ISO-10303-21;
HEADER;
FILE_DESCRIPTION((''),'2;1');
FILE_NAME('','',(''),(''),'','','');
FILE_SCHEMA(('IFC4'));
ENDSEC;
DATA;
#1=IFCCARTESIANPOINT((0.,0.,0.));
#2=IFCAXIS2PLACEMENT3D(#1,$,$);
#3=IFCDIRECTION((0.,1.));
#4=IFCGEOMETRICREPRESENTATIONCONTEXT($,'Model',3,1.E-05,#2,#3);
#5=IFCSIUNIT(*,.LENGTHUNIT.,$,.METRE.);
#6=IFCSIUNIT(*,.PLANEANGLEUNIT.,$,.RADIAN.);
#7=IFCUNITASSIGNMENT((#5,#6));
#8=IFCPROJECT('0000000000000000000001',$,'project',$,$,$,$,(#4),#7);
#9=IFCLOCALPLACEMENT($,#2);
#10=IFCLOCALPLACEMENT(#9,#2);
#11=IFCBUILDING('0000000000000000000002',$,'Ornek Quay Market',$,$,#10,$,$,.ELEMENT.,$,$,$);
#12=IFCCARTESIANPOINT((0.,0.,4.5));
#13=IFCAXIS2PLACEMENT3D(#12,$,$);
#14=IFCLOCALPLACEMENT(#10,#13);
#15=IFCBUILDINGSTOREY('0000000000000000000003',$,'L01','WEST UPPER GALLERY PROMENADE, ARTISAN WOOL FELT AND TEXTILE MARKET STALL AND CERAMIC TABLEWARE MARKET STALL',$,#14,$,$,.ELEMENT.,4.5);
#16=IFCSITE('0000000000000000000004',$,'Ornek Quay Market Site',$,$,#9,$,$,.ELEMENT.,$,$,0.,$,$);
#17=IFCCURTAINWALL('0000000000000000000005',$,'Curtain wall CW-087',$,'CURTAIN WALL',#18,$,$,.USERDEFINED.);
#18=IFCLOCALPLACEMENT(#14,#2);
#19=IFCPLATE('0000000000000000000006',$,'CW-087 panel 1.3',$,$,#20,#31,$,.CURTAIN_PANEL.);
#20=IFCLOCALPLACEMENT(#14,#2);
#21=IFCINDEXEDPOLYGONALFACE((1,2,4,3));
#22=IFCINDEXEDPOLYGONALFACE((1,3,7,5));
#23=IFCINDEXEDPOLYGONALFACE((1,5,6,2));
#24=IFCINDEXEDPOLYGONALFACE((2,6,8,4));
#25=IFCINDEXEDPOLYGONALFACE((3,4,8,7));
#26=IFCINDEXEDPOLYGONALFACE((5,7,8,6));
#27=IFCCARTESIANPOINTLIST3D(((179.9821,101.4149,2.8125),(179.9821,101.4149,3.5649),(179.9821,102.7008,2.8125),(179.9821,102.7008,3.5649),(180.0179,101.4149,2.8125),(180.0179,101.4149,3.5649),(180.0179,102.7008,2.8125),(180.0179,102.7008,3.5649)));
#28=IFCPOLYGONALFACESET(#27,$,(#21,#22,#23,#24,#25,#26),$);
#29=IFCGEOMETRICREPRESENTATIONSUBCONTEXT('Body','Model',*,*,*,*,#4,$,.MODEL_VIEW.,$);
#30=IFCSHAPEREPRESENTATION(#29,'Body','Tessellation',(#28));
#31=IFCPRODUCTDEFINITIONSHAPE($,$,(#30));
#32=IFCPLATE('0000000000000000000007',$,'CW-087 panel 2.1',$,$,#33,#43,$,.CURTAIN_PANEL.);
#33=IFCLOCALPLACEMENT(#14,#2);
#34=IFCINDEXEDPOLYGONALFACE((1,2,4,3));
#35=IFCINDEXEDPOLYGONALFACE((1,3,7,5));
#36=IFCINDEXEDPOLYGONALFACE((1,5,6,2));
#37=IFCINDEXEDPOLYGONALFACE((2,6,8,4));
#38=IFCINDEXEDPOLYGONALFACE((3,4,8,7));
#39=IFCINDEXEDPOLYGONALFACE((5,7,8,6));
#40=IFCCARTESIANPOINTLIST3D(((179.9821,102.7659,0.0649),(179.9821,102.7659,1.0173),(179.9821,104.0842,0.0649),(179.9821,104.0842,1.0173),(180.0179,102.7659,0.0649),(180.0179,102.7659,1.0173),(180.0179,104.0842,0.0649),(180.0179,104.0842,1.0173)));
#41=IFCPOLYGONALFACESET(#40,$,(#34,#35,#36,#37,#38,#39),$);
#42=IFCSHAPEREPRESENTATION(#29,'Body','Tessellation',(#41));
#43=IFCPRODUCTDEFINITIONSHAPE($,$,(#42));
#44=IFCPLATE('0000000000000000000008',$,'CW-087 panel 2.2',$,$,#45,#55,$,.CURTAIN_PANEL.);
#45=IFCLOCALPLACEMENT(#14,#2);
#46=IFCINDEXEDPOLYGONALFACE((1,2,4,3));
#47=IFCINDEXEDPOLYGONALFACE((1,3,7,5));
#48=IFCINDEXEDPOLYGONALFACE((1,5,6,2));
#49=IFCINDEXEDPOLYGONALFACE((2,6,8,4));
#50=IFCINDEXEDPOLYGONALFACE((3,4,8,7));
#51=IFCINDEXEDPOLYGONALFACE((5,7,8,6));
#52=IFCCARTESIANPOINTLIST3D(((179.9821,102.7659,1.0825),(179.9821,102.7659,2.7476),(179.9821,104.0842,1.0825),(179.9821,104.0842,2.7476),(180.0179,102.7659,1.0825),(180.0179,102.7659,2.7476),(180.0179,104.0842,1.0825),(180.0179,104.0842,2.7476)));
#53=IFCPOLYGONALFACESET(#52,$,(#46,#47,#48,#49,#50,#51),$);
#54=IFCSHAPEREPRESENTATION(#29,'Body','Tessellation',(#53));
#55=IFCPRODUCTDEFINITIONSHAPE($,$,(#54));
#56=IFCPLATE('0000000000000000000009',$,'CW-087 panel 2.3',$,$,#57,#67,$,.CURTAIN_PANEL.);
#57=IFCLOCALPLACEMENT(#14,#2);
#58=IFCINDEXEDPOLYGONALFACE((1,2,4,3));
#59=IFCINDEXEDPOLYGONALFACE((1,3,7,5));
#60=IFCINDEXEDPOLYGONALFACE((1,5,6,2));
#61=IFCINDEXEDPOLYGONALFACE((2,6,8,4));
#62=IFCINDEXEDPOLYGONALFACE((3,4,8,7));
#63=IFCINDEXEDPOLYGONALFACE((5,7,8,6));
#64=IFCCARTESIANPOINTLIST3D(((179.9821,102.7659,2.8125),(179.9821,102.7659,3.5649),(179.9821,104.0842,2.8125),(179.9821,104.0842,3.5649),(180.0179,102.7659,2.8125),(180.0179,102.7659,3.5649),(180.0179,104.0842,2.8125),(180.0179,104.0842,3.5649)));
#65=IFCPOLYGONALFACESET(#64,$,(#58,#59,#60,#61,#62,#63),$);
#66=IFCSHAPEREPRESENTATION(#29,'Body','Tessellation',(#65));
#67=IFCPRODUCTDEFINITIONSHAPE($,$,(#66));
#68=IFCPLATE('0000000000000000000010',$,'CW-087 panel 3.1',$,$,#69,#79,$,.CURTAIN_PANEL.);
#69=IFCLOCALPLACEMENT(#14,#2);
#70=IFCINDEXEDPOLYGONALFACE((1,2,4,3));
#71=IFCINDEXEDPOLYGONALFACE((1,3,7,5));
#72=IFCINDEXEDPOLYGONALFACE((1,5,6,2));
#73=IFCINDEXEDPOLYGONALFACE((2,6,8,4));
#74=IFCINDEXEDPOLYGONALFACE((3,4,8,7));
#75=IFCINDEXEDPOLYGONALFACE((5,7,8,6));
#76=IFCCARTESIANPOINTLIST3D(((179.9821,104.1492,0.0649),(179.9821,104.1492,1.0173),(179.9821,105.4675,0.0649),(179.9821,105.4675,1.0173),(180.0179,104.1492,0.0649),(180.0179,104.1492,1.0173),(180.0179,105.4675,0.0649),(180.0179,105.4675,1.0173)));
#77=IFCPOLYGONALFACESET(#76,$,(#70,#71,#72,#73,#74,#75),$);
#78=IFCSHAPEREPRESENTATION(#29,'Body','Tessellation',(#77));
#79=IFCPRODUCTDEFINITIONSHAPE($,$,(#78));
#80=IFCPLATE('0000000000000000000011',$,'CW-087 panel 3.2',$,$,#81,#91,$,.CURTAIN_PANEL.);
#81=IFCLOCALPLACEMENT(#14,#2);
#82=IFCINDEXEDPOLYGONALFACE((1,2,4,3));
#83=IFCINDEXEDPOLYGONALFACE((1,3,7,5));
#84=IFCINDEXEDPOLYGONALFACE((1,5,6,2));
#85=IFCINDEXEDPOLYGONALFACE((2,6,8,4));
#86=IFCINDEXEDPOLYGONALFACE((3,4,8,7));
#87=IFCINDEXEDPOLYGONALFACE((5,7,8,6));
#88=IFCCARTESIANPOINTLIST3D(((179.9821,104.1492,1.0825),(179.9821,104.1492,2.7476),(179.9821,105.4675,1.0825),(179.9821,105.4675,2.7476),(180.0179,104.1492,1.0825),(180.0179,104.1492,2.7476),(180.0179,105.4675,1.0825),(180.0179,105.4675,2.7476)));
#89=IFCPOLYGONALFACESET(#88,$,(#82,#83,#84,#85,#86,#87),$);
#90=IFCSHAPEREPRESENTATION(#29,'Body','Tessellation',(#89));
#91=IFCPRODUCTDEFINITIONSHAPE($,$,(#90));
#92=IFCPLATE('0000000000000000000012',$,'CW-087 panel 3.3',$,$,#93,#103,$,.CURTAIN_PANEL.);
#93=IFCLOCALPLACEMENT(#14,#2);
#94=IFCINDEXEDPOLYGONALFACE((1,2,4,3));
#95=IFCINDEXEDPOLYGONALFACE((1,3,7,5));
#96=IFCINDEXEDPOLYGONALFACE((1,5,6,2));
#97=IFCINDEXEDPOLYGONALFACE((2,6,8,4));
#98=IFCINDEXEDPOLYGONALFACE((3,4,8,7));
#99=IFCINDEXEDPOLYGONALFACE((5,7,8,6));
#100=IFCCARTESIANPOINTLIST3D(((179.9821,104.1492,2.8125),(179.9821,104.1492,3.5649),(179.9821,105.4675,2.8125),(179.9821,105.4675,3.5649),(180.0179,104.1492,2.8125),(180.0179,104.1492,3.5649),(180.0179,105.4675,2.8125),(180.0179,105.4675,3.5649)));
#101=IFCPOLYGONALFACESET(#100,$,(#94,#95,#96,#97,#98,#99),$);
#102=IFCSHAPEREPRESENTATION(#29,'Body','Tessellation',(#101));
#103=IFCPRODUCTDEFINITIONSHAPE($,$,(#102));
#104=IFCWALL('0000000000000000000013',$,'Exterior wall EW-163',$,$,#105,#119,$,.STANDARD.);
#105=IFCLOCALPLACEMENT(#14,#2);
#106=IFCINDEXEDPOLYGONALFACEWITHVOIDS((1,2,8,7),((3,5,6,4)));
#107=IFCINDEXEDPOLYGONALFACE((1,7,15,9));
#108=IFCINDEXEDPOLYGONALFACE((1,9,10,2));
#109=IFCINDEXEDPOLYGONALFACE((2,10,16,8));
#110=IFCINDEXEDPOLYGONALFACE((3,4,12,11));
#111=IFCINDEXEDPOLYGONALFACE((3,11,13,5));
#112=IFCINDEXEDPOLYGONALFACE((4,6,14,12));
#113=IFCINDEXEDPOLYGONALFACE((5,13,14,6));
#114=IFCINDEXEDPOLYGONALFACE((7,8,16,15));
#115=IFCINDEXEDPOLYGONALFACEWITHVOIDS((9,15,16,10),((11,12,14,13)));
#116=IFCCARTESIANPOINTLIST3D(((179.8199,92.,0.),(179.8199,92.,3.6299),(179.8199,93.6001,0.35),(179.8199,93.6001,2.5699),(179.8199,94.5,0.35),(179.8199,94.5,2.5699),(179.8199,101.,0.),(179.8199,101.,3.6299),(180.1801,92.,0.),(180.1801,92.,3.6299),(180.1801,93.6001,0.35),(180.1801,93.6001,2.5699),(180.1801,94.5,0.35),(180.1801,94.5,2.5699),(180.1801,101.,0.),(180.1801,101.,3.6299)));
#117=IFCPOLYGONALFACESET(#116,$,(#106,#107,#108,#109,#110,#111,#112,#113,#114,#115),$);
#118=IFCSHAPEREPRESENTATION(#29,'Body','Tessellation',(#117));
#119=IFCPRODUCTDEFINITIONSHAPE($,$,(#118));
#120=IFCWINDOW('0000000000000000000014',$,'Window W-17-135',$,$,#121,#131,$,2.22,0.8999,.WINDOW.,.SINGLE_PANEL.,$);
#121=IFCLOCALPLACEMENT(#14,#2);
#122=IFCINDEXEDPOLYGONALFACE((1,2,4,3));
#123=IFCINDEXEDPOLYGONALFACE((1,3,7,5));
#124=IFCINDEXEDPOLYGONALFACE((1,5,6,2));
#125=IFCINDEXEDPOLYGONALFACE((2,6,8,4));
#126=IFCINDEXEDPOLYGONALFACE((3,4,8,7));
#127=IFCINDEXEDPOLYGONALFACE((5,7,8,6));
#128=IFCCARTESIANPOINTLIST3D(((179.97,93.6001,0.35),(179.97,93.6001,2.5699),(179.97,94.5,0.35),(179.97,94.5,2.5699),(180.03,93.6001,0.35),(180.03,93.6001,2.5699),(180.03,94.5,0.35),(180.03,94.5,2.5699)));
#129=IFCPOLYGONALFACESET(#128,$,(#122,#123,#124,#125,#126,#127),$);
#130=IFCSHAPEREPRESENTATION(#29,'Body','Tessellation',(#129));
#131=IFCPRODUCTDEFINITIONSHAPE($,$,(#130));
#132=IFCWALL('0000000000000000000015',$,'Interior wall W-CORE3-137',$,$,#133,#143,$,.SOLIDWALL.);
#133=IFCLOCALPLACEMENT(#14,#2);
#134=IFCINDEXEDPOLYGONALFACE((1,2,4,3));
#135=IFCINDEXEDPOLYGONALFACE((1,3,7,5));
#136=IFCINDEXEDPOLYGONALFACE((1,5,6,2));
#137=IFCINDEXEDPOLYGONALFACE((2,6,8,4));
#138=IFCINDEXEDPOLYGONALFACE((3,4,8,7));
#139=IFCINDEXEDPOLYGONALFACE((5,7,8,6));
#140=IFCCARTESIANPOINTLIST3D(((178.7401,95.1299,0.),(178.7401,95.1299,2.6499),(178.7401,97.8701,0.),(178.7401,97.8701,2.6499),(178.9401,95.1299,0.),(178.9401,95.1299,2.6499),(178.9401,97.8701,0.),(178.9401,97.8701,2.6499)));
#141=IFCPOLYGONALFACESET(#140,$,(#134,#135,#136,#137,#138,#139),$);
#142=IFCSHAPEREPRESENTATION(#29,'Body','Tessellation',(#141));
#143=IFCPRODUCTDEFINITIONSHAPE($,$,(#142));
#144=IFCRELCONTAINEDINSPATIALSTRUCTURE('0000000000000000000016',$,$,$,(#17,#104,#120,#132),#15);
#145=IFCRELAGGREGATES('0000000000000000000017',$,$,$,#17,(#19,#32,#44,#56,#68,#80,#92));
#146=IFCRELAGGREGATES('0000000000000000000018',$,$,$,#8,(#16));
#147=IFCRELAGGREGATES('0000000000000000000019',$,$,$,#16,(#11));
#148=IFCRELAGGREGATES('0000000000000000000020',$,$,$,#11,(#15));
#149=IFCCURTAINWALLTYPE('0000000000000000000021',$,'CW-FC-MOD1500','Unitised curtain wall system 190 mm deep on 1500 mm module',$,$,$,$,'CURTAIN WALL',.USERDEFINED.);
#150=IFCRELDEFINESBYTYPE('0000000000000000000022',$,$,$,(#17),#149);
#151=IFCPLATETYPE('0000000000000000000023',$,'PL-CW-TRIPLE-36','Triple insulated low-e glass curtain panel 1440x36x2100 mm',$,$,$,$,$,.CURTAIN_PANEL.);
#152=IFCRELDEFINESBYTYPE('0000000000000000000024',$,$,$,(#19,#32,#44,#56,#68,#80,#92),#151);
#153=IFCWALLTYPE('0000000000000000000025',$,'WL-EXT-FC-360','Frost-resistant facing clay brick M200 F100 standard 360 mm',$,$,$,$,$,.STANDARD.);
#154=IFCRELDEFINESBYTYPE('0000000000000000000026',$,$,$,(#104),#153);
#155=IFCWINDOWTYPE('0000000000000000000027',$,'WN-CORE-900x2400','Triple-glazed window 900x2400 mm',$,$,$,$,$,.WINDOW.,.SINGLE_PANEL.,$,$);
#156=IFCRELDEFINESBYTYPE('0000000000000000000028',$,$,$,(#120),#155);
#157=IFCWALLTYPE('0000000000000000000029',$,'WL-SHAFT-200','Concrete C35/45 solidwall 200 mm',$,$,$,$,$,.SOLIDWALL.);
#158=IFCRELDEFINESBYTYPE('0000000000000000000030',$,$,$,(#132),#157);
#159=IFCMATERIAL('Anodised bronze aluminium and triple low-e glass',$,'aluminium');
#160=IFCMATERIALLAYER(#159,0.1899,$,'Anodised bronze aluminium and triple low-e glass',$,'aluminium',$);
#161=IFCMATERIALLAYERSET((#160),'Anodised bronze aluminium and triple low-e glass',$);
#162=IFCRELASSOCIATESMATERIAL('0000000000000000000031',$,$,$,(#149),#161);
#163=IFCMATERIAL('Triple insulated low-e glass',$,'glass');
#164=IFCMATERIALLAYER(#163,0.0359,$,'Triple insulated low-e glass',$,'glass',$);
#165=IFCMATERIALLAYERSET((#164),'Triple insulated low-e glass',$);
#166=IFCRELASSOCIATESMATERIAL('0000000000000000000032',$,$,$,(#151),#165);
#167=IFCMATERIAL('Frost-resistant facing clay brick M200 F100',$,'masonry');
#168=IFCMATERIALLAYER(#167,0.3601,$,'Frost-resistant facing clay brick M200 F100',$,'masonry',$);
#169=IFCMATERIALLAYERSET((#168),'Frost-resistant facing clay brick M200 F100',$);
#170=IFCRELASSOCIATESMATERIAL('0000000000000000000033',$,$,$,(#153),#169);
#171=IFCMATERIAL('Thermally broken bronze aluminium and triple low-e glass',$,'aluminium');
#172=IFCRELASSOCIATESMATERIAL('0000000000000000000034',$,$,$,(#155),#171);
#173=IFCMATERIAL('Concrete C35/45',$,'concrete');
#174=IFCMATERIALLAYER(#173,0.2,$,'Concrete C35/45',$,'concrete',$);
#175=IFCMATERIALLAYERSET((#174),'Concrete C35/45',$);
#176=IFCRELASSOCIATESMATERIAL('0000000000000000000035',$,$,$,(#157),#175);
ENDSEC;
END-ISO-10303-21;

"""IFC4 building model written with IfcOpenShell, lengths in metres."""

from ifc_helpers import new_model, si_unit, direction, frame, frame_2d, origin, origin_2d, place, context, subcontext, project, spatial, rectangle, extrude, material, layer, layer_set, type_object, element, fill, aggregate, save


model = new_model("IFC4")

# Units and contexts
model_context = context("Model", 3, precision=1e-05, world=origin(), true_north=direction((0.0, 1.0)))
body_context = subcontext(model_context, "Body", "Model", "MODEL_VIEW")
ifc_project = project(units=[si_unit("LENGTHUNIT", "METRE"), si_unit("PLANEANGLEUNIT", "RADIAN")], contexts=[model_context])

# Site, building, storey
site_placement = place(None, origin())
site = spatial("IfcSite", under=ifc_project, at=site_placement, Name="Ornek Quay Market Site", CompositionType="ELEMENT", RefElevation=0.0)
building_placement = place(site_placement, origin())
building = spatial("IfcBuilding", under=site, at=building_placement, Name="Ornek Quay Market", CompositionType="ELEMENT")
storey_placement = place(building_placement, frame((0.0, 0.0, 4.5)))
storey = spatial("IfcBuildingStorey", under=building, at=storey_placement, Name="L01", Description="WEST UPPER GALLERY PROMENADE, ARTISAN WOOL FELT AND TEXTILE MARKET STALL AND CERAMIC TABLEWARE MARKET STALL", CompositionType="ELEMENT", Elevation=4.5)

# Shared definitions
ifc_material_1 = material(Name="Anodised bronze aluminium and triple low-e glass", Category="aluminium")
ifc_layer_1 = layer(ifc_material_1, 0.1899, Name="Anodised bronze aluminium and triple low-e glass", Category="aluminium")
ifc_layer_set_1 = layer_set([ifc_layer_1], Name="Anodised bronze aluminium and triple low-e glass")
curtain_wall_type = type_object("IfcCurtainWallType", Name="CW-FC-MOD1500", Description="Unitised curtain wall system 190 mm deep on 1500 mm module", ElementType="CURTAIN WALL", PredefinedType="USERDEFINED", material=ifc_layer_set_1)

# Curtain wall
curtain_wall_1_placement = place(storey_placement, origin())
curtain_wall_1 = element("IfcCurtainWall", 1, at=curtain_wall_1_placement, inside=storey, type_object=curtain_wall_type, Name="Curtain wall CW-087", ObjectType="CURTAIN WALL", PredefinedType="USERDEFINED")

# Plates
ifc_material_2 = material(Name="Triple insulated low-e glass", Category="glass")
ifc_layer_2 = layer(ifc_material_2, 0.0359, Name="Triple insulated low-e glass", Category="glass")
ifc_layer_set_2 = layer_set([ifc_layer_2], Name="Triple insulated low-e glass")
plate_type = type_object("IfcPlateType", Name="PL-CW-TRIPLE-36", Description="Triple insulated low-e glass curtain panel 1440x36x2100 mm", PredefinedType="CURTAIN_PANEL", material=ifc_layer_set_2)
plate_1_placement = place(storey_placement, frame((180.0, 102.0579, 2.8125), z_axis=(0.0, 0.0, 1.0), x_axis=(0.0, 1.0, 0.0)))
plate_1 = element("IfcPlate", 2, at=plate_1_placement, type_object=plate_type, Name="CW-087 panel 1.3", PredefinedType="CURTAIN_PANEL", context=body_context, shape_type="SweptSolid", body=[
    extrude(rectangle(XDim=1.2859, YDim=0.0359, at=origin_2d()), origin(), (0.0, 0.0, 1.0), 0.7524),
])
plate_2_placement = place(storey_placement, frame((180.0, 103.425, 0.0649), z_axis=(0.0, 0.0, 1.0), x_axis=(0.0, 1.0, 0.0)))
plate_2 = element("IfcPlate", 3, at=plate_2_placement, type_object=plate_type, Name="CW-087 panel 2.1", PredefinedType="CURTAIN_PANEL", context=body_context, shape_type="SweptSolid", body=[
    extrude(rectangle(XDim=1.3184, YDim=0.0359, at=origin_2d()), origin(), (0.0, 0.0, 1.0), 0.9524),
])
plate_3_placement = place(storey_placement, frame((180.0, 103.425, 1.0825), z_axis=(0.0, 0.0, 1.0), x_axis=(0.0, 1.0, 0.0)))
plate_3 = element("IfcPlate", 4, at=plate_3_placement, type_object=plate_type, Name="CW-087 panel 2.2", PredefinedType="CURTAIN_PANEL", context=body_context, shape_type="SweptSolid", body=[
    extrude(rectangle(XDim=1.3184, YDim=0.0359, at=origin_2d()), origin(), (0.0, 0.0, 1.0), 1.665),
])
plate_4_placement = place(storey_placement, frame((180.0, 103.425, 2.8125), z_axis=(0.0, 0.0, 1.0), x_axis=(0.0, 1.0, 0.0)))
plate_4 = element("IfcPlate", 5, at=plate_4_placement, type_object=plate_type, Name="CW-087 panel 2.3", PredefinedType="CURTAIN_PANEL", context=body_context, shape_type="SweptSolid", body=[
    extrude(rectangle(XDim=1.3184, YDim=0.0359, at=origin_2d()), origin(), (0.0, 0.0, 1.0), 0.7524),
])
plate_5_placement = place(storey_placement, frame((180.0, 104.8083, 0.0649), z_axis=(0.0, 0.0, 1.0), x_axis=(0.0, 1.0, 0.0)))
plate_5 = element("IfcPlate", 6, at=plate_5_placement, type_object=plate_type, Name="CW-087 panel 3.1", PredefinedType="CURTAIN_PANEL", context=body_context, shape_type="SweptSolid", body=[
    extrude(rectangle(XDim=1.3184, YDim=0.0359, at=origin_2d()), origin(), (0.0, 0.0, 1.0), 0.9524),
])
plate_6_placement = place(storey_placement, frame((180.0, 104.8083, 1.0825), z_axis=(0.0, 0.0, 1.0), x_axis=(0.0, 1.0, 0.0)))
plate_6 = element("IfcPlate", 7, at=plate_6_placement, type_object=plate_type, Name="CW-087 panel 3.2", PredefinedType="CURTAIN_PANEL", context=body_context, shape_type="SweptSolid", body=[
    extrude(rectangle(XDim=1.3184, YDim=0.0359, at=origin_2d()), origin(), (0.0, 0.0, 1.0), 1.665),
])
plate_7_placement = place(storey_placement, frame((180.0, 104.8083, 2.8125), z_axis=(0.0, 0.0, 1.0), x_axis=(0.0, 1.0, 0.0)))
plate_7 = element("IfcPlate", 8, at=plate_7_placement, type_object=plate_type, Name="CW-087 panel 3.3", PredefinedType="CURTAIN_PANEL", context=body_context, shape_type="SweptSolid", body=[
    extrude(rectangle(XDim=1.3184, YDim=0.0359, at=origin_2d()), origin(), (0.0, 0.0, 1.0), 0.7524),
])
aggregate(curtain_wall_1, [plate_1, plate_2, plate_3, plate_4, plate_5, plate_6, plate_7])

# Wall, opening, window
ifc_material_3 = material(Name="Frost-resistant facing clay brick M200 F100", Category="masonry")
ifc_layer_3 = layer(ifc_material_3, 0.3601, Name="Frost-resistant facing clay brick M200 F100", Category="masonry")
ifc_layer_set_3 = layer_set([ifc_layer_3], Name="Frost-resistant facing clay brick M200 F100")
wall_type_1 = type_object("IfcWallType", Name="WL-EXT-FC-360", Description="Frost-resistant facing clay brick M200 F100 standard 360 mm", PredefinedType="STANDARD", material=ifc_layer_set_3)
wall_1_placement = place(storey_placement, frame((180.0, 101.0, 0.0), z_axis=(0.0, 0.0, 1.0), x_axis=(0.0, -1.0, 0.0)))
wall_1 = element("IfcWall", 9, at=wall_1_placement, inside=storey, type_object=wall_type_1, Name="Exterior wall EW-163", PredefinedType="STANDARD", context=body_context, shape_type="SweptSolid", body=[
    extrude(rectangle(XDim=9.0, YDim=0.3601, at=frame_2d((4.5, 0.0))), origin(), (0.0, 0.0, 1.0), 3.6299),
])
opening_placement = place(wall_1_placement, frame((6.5, 0.0, 0.3501)))
opening = element("IfcOpeningElement", 10, at=opening_placement, cuts=wall_1, PredefinedType="OPENING", context=body_context, shape_type="SweptSolid", body=[
    extrude(rectangle(XDim=0.8999, YDim=2.22, at=frame_2d((0.45, 1.1099))), frame((0.0, 0.1899, 0.0), z_axis=(0.0, -1.0, 0.0), x_axis=(1.0, 0.0, 0.0)), (0.0, 0.0, 1.0), 0.3801),
])
ifc_material_4 = material(Name="Thermally broken bronze aluminium and triple low-e glass", Category="aluminium")
window_type = type_object("IfcWindowType", Name="WN-CORE-900x2400", Description="Triple-glazed window 900x2400 mm", PartitioningType="SINGLE_PANEL", PredefinedType="WINDOW", material=ifc_material_4)
window_placement = place(opening_placement, origin())
window = element("IfcWindow", 11, at=window_placement, inside=storey, type_object=window_type, Name="Window W-17-135", OverallHeight=2.22, OverallWidth=0.8999, PartitioningType="SINGLE_PANEL", PredefinedType="WINDOW", context=body_context, shape_type="SweptSolid", body=[
    extrude(rectangle(XDim=0.8999, YDim=2.22, at=frame_2d((0.45, 1.1099))), frame((0.0, 0.03, 0.0), z_axis=(0.0, -1.0, 0.0), x_axis=(1.0, 0.0, 0.0)), (0.0, 0.0, 1.0), 0.0601),
])
fill(opening, window)

# Wall
ifc_material_5 = material(Name="Concrete C35/45", Category="concrete")
ifc_layer_4 = layer(ifc_material_5, 0.2, Name="Concrete C35/45", Category="concrete")
ifc_layer_set_4 = layer_set([ifc_layer_4], Name="Concrete C35/45")
wall_type_2 = type_object("IfcWallType", Name="WL-SHAFT-200", Description="Concrete C35/45 solidwall 200 mm", PredefinedType="SOLIDWALL", material=ifc_layer_set_4)
wall_2_placement = place(storey_placement, frame((178.8401, 95.1299, 0.0), z_axis=(0.0, 0.0, 1.0), x_axis=(0.0, 1.0, 0.0)))
element("IfcWall", 12, at=wall_2_placement, inside=storey, type_object=wall_type_2, Name="Interior wall W-CORE3-137", PredefinedType="SOLIDWALL", context=body_context, shape_type="SweptSolid", body=[
    extrude(rectangle(XDim=2.7402, YDim=0.2, at=frame_2d((1.3701, 0.0))), origin(), (0.0, 0.0, 1.0), 2.6499),
])

save(model, "model.ifc")
